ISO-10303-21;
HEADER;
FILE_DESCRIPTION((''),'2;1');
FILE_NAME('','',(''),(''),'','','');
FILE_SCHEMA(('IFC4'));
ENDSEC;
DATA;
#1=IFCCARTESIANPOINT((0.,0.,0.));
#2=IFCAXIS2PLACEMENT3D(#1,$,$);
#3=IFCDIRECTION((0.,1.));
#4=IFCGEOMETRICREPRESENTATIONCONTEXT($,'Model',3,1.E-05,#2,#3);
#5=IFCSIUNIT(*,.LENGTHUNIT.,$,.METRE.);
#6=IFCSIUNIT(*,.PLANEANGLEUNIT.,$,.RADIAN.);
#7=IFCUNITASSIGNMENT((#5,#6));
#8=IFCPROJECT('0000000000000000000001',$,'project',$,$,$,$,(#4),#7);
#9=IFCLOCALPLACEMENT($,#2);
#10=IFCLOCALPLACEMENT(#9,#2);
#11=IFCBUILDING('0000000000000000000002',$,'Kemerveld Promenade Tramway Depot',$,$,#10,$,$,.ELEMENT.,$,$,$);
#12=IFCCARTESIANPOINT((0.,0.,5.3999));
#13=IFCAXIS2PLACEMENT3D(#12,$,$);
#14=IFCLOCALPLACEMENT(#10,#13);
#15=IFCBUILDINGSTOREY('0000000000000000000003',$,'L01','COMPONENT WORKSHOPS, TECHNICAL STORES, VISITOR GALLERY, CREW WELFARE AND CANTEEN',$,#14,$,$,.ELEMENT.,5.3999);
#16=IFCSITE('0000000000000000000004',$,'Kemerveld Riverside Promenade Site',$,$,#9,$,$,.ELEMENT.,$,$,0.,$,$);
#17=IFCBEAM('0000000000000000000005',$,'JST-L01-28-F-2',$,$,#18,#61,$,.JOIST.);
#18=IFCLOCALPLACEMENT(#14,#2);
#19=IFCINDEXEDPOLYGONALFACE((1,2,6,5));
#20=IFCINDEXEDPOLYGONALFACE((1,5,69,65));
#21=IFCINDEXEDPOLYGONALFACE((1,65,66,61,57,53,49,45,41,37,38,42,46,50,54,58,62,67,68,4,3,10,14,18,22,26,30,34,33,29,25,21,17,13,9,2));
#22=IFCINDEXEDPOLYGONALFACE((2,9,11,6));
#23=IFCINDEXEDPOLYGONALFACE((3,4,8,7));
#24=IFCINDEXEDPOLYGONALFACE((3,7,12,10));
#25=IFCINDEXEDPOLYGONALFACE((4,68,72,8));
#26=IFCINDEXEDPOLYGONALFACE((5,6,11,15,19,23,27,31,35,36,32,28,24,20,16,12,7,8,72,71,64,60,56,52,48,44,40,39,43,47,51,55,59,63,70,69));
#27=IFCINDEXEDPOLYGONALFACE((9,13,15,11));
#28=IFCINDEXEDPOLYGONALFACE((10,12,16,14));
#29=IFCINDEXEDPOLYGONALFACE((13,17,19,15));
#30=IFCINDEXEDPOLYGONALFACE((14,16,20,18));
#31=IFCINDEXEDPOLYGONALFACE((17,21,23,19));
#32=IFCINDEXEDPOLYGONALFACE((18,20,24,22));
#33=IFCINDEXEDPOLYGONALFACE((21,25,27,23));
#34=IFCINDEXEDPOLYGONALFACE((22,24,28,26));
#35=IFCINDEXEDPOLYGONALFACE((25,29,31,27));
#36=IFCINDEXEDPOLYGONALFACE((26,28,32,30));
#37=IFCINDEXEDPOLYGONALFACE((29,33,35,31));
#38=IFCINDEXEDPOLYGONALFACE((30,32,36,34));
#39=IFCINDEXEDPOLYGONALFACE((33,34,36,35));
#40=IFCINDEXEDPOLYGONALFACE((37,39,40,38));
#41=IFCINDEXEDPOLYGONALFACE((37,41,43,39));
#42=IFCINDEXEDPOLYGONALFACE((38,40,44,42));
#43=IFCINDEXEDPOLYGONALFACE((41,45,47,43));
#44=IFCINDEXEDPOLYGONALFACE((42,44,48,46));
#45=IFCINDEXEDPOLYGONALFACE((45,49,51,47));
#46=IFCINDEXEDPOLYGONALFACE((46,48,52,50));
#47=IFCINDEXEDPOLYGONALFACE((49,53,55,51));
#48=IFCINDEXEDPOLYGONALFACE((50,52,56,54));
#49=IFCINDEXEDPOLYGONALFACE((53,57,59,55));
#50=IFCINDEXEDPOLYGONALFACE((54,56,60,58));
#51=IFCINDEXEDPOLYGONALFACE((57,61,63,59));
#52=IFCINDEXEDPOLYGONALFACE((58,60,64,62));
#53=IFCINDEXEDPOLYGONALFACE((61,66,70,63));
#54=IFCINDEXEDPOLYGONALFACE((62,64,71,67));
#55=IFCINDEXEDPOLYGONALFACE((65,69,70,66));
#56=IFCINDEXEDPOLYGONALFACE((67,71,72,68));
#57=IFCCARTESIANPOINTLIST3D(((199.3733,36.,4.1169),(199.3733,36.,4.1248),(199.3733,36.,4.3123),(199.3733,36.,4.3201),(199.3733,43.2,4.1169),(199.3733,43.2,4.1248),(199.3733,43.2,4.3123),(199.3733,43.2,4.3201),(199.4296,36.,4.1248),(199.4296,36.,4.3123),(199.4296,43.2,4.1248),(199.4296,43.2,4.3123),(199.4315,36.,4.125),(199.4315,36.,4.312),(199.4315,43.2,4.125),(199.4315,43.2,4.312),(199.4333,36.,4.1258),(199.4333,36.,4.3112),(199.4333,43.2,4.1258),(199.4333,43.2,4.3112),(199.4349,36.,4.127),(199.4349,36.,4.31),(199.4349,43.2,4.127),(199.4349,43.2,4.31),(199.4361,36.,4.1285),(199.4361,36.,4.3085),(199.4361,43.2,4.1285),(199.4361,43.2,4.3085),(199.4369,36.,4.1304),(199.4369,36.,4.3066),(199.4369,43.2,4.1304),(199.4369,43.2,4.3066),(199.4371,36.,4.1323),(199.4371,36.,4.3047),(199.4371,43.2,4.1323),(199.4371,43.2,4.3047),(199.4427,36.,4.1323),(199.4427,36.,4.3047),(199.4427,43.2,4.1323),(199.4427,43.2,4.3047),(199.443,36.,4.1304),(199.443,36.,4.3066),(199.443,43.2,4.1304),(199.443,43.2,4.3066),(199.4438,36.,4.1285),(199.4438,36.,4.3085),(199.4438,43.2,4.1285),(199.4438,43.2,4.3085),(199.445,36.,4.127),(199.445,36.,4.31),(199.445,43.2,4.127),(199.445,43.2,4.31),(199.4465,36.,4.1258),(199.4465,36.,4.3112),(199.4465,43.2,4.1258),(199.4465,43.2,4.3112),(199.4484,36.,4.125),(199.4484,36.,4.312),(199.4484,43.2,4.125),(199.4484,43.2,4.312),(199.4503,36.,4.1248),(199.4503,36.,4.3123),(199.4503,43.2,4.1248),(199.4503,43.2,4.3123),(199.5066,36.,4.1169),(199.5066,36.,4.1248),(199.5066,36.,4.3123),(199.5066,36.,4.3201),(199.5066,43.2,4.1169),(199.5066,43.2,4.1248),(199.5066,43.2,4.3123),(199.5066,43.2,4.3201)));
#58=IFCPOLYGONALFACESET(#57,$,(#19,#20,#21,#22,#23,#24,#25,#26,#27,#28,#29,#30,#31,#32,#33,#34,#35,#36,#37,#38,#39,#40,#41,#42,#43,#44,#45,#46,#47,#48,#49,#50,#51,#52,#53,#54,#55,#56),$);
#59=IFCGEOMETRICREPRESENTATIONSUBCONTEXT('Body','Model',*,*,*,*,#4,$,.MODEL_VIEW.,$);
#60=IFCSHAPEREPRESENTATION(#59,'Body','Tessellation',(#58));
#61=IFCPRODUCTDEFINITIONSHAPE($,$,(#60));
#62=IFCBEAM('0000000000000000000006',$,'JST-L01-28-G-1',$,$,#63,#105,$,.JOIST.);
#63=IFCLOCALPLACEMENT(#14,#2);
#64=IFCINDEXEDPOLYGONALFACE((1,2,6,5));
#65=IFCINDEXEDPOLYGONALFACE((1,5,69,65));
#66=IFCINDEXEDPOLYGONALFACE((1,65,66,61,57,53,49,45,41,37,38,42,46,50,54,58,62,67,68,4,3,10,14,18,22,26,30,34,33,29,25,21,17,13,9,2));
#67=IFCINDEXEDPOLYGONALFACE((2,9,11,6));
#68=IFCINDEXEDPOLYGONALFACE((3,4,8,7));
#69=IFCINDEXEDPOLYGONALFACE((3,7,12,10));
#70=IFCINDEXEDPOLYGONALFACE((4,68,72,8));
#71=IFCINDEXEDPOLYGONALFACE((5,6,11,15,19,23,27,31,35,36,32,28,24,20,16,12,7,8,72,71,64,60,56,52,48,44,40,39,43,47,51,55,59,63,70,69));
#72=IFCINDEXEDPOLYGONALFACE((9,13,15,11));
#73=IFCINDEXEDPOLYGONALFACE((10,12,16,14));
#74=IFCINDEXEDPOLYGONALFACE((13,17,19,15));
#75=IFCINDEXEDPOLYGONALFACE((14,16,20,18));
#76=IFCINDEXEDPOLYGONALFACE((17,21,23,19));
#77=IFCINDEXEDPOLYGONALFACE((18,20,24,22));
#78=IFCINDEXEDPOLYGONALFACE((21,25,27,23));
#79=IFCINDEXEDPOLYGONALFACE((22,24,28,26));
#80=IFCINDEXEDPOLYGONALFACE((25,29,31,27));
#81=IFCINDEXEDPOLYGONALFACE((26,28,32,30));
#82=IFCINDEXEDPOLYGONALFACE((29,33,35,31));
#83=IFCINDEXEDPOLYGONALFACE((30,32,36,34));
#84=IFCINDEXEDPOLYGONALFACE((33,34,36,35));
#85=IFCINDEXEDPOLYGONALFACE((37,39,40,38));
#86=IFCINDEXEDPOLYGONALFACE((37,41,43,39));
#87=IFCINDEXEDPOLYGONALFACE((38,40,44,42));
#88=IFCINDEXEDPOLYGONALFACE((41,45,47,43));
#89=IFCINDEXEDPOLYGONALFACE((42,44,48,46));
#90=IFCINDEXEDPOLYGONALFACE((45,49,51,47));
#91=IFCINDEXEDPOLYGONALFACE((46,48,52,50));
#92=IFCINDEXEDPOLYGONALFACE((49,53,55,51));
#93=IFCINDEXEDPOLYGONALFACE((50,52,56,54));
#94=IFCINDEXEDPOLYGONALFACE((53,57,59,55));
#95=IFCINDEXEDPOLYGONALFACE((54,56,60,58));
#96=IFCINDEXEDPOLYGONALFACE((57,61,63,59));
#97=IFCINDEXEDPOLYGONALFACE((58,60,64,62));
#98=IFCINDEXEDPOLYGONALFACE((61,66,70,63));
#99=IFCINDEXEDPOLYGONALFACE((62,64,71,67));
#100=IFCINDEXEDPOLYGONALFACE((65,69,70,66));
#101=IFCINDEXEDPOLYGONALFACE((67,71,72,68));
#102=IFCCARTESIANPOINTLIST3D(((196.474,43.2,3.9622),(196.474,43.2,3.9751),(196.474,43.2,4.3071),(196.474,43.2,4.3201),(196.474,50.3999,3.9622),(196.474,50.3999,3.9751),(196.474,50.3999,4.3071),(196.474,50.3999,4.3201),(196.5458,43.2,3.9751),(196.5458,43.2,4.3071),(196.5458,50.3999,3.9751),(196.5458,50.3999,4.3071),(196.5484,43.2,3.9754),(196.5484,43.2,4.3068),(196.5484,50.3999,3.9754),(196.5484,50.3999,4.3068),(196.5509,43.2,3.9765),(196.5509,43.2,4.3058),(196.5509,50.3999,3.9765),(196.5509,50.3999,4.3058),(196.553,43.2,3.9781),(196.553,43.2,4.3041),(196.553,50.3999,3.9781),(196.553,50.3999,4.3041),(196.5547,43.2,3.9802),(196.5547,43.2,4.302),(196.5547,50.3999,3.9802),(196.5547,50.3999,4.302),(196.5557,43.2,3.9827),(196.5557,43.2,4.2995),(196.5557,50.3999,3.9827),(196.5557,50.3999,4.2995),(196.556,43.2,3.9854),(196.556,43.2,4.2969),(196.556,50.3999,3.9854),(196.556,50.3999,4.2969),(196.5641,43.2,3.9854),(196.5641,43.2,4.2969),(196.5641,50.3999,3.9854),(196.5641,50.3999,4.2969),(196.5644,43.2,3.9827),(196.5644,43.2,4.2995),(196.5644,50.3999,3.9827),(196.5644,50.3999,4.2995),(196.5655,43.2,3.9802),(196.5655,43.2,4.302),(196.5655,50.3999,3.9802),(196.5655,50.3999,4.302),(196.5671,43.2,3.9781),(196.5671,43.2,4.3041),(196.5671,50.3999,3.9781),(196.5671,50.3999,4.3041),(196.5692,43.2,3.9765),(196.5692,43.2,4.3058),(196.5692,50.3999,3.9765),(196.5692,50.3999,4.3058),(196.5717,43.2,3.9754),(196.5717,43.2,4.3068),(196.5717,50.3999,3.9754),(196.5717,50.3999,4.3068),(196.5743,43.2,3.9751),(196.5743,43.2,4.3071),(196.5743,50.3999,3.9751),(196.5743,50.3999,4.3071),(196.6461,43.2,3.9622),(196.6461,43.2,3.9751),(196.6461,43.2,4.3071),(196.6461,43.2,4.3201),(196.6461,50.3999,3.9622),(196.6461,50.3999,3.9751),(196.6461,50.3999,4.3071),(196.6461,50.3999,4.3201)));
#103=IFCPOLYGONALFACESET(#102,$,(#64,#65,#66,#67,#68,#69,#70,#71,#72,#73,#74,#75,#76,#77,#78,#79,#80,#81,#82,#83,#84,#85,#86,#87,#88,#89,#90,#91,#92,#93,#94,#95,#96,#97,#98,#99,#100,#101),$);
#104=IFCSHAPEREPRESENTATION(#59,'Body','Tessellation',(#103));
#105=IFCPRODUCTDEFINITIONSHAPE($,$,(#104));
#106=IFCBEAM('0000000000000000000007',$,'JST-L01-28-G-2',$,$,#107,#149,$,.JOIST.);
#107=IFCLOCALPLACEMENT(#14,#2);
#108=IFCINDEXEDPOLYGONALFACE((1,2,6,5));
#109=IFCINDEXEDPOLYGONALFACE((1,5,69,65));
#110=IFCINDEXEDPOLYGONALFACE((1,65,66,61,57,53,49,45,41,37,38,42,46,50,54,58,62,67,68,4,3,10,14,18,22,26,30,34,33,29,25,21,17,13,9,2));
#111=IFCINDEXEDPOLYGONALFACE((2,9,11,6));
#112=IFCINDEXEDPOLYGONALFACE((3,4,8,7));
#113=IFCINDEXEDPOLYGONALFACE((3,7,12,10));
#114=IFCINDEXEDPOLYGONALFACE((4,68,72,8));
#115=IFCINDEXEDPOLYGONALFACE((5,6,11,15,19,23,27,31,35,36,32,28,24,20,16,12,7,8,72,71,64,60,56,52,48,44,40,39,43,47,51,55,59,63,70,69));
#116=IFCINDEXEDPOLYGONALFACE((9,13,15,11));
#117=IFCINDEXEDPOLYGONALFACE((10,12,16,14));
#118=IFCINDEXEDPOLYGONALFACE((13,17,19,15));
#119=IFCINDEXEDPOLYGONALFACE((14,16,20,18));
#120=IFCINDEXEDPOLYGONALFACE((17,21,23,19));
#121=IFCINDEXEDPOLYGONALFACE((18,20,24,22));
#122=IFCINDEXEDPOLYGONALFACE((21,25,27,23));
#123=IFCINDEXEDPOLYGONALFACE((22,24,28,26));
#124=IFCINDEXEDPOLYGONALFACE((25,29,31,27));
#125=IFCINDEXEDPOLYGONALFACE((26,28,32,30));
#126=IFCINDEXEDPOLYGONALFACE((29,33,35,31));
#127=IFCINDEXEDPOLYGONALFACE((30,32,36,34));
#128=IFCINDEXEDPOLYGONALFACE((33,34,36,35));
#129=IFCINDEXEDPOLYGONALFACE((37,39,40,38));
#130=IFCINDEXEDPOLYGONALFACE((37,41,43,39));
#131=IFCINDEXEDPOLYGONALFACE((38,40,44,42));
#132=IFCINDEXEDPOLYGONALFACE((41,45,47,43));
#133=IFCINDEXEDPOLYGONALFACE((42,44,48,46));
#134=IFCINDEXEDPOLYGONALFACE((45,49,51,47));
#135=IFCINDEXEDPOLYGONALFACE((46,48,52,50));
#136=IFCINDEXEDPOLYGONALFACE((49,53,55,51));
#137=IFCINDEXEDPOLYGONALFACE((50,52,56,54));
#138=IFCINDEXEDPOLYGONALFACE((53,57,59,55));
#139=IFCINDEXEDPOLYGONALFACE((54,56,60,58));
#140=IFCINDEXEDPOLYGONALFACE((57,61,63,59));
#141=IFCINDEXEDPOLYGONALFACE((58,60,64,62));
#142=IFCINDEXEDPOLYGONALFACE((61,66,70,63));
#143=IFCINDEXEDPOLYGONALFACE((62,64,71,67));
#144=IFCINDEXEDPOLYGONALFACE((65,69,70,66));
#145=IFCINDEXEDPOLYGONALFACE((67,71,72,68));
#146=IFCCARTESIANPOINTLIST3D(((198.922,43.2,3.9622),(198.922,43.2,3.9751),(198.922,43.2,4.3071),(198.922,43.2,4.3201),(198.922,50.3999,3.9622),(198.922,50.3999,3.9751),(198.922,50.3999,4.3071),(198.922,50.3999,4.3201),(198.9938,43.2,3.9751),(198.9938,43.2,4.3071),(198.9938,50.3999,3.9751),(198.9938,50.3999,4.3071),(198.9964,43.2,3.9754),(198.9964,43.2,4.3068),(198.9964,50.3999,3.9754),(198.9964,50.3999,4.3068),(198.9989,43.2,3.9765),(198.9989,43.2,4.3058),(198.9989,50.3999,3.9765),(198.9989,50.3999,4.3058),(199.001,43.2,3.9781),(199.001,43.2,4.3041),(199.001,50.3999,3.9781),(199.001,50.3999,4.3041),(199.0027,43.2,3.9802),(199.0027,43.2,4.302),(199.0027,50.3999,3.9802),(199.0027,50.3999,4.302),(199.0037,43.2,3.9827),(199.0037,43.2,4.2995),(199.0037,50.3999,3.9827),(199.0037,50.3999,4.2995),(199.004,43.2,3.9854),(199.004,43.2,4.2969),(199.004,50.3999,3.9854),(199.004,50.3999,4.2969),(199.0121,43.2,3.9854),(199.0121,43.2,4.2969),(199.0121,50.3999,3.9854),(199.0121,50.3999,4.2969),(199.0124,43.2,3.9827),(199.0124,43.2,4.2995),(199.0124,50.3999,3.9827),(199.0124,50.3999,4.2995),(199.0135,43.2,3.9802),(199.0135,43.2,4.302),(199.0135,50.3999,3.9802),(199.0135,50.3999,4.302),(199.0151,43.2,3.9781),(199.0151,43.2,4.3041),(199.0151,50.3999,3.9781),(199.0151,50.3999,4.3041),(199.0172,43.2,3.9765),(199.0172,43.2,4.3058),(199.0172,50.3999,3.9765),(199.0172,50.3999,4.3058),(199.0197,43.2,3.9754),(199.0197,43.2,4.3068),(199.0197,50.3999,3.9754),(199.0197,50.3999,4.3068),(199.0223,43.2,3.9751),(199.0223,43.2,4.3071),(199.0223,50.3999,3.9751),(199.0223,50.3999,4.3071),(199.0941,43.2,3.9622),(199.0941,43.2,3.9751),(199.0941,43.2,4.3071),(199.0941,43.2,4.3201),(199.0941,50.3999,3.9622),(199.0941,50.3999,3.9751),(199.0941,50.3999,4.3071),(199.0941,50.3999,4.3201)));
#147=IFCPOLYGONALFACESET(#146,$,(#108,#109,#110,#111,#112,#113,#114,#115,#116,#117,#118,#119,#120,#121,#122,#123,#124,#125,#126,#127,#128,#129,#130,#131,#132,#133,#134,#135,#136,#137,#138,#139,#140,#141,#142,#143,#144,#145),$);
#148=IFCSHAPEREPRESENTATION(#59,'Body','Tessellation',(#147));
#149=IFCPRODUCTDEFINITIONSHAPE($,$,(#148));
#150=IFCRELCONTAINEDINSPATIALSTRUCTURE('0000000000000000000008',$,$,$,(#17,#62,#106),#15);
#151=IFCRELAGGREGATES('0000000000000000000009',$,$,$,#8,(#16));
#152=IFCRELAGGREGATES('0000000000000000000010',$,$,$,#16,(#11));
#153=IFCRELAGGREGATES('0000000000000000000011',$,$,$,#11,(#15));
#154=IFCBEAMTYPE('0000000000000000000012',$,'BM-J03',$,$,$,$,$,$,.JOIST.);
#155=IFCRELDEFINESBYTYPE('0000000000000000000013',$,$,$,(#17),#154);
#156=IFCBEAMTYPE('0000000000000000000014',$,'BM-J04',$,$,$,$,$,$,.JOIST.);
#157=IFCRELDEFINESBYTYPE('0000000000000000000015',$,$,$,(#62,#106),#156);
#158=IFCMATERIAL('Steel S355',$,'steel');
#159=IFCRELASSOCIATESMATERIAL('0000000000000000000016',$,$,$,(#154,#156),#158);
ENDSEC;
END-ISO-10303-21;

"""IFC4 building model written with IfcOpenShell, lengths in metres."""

from ifc_helpers import new_model, si_unit, direction, frame, origin, origin_2d, place, context, subcontext, project, spatial, i_section, extrude, material, material_profile, profile_set, type_object, element, save


model = new_model("IFC4")

# Units and contexts
model_context = context("Model", 3, precision=1e-05, world=origin(), true_north=direction((0.0, 1.0)))
body_context = subcontext(model_context, "Body", "Model", "MODEL_VIEW")
ifc_project = project(units=[si_unit("LENGTHUNIT", "METRE"), si_unit("PLANEANGLEUNIT", "RADIAN")], contexts=[model_context])

# Site, building, storey
site_placement = place(None, origin())
site = spatial("IfcSite", under=ifc_project, at=site_placement, Name="Kemerveld Riverside Promenade Site", CompositionType="ELEMENT", RefElevation=0.0)
building_placement = place(site_placement, origin())
building = spatial("IfcBuilding", under=site, at=building_placement, Name="Kemerveld Promenade Tramway Depot", CompositionType="ELEMENT")
storey_placement = place(building_placement, frame((0.0, 0.0, 5.3999)))
storey = spatial("IfcBuildingStorey", under=building, at=storey_placement, Name="L01", Description="COMPONENT WORKSHOPS, TECHNICAL STORES, VISITOR GALLERY, CREW WELFARE AND CANTEEN", CompositionType="ELEMENT", Elevation=5.3999)

# Shared definitions
ifc_material_1 = material(Name="Steel S355", Category="steel")

# Beams
ifc_material_profile_1 = material_profile(ifc_material_1, i_section(OverallWidth=0.1333, OverallDepth=0.2031, WebThickness=0.0056, FlangeThickness=0.0078, FilletRadius=0.0076, at=origin_2d()), Name="203x133x25 UB")
ifc_profile_set_1 = profile_set([ifc_material_profile_1], Name="Steel S355")
beam_type_1 = type_object("IfcBeamType", Name="BM-J03", PredefinedType="JOIST", material=ifc_profile_set_1)
for number, where, z_axis, x_axis, name in (
    (1, (199.4399, 36.0, 4.2185), (0.0, 1.0, 0.0), (-1.0, 0.0, 0.0), "JST-L01-28-F-2"),
):
    element("IfcBeam", number, at=place(storey_placement, frame(where, z_axis=z_axis, x_axis=x_axis)), inside=storey, type_object=beam_type_1, Name=name, PredefinedType="JOIST", context=body_context, shape_type="SweptSolid", body=[
        extrude(i_section(OverallWidth=0.1333, OverallDepth=0.2031, WebThickness=0.0056, FlangeThickness=0.0078, FilletRadius=0.0076, at=origin_2d()), origin(), (0.0, 0.0, 1.0), 7.2),
    ])
ifc_material_profile_2 = material_profile(ifc_material_1, i_section(OverallWidth=0.1721, OverallDepth=0.3579, WebThickness=0.0081, FlangeThickness=0.0129, FilletRadius=0.0103, at=origin_2d()), Name="356x171x57 UB")
ifc_profile_set_2 = profile_set([ifc_material_profile_2], Name="Steel S355")
beam_type_2 = type_object("IfcBeamType", Name="BM-J04", PredefinedType="JOIST", material=ifc_profile_set_2)
for number, where, z_axis, x_axis, name in (
    (2, (196.5601, 43.2, 4.1411), (0.0, 1.0, 0.0), (-1.0, 0.0, 0.0), "JST-L01-28-G-1"),
    (3, (199.0081, 43.2, 4.1411), (0.0, 1.0, 0.0), (-1.0, 0.0, 0.0), "JST-L01-28-G-2"),
):
    element("IfcBeam", number, at=place(storey_placement, frame(where, z_axis=z_axis, x_axis=x_axis)), inside=storey, type_object=beam_type_2, Name=name, PredefinedType="JOIST", context=body_context, shape_type="SweptSolid", body=[
        extrude(i_section(OverallWidth=0.1721, OverallDepth=0.3579, WebThickness=0.0081, FlangeThickness=0.0129, FilletRadius=0.0103, at=origin_2d()), origin(), (0.0, 0.0, 1.0), 7.2),
    ])

save(model, "model.ifc")
